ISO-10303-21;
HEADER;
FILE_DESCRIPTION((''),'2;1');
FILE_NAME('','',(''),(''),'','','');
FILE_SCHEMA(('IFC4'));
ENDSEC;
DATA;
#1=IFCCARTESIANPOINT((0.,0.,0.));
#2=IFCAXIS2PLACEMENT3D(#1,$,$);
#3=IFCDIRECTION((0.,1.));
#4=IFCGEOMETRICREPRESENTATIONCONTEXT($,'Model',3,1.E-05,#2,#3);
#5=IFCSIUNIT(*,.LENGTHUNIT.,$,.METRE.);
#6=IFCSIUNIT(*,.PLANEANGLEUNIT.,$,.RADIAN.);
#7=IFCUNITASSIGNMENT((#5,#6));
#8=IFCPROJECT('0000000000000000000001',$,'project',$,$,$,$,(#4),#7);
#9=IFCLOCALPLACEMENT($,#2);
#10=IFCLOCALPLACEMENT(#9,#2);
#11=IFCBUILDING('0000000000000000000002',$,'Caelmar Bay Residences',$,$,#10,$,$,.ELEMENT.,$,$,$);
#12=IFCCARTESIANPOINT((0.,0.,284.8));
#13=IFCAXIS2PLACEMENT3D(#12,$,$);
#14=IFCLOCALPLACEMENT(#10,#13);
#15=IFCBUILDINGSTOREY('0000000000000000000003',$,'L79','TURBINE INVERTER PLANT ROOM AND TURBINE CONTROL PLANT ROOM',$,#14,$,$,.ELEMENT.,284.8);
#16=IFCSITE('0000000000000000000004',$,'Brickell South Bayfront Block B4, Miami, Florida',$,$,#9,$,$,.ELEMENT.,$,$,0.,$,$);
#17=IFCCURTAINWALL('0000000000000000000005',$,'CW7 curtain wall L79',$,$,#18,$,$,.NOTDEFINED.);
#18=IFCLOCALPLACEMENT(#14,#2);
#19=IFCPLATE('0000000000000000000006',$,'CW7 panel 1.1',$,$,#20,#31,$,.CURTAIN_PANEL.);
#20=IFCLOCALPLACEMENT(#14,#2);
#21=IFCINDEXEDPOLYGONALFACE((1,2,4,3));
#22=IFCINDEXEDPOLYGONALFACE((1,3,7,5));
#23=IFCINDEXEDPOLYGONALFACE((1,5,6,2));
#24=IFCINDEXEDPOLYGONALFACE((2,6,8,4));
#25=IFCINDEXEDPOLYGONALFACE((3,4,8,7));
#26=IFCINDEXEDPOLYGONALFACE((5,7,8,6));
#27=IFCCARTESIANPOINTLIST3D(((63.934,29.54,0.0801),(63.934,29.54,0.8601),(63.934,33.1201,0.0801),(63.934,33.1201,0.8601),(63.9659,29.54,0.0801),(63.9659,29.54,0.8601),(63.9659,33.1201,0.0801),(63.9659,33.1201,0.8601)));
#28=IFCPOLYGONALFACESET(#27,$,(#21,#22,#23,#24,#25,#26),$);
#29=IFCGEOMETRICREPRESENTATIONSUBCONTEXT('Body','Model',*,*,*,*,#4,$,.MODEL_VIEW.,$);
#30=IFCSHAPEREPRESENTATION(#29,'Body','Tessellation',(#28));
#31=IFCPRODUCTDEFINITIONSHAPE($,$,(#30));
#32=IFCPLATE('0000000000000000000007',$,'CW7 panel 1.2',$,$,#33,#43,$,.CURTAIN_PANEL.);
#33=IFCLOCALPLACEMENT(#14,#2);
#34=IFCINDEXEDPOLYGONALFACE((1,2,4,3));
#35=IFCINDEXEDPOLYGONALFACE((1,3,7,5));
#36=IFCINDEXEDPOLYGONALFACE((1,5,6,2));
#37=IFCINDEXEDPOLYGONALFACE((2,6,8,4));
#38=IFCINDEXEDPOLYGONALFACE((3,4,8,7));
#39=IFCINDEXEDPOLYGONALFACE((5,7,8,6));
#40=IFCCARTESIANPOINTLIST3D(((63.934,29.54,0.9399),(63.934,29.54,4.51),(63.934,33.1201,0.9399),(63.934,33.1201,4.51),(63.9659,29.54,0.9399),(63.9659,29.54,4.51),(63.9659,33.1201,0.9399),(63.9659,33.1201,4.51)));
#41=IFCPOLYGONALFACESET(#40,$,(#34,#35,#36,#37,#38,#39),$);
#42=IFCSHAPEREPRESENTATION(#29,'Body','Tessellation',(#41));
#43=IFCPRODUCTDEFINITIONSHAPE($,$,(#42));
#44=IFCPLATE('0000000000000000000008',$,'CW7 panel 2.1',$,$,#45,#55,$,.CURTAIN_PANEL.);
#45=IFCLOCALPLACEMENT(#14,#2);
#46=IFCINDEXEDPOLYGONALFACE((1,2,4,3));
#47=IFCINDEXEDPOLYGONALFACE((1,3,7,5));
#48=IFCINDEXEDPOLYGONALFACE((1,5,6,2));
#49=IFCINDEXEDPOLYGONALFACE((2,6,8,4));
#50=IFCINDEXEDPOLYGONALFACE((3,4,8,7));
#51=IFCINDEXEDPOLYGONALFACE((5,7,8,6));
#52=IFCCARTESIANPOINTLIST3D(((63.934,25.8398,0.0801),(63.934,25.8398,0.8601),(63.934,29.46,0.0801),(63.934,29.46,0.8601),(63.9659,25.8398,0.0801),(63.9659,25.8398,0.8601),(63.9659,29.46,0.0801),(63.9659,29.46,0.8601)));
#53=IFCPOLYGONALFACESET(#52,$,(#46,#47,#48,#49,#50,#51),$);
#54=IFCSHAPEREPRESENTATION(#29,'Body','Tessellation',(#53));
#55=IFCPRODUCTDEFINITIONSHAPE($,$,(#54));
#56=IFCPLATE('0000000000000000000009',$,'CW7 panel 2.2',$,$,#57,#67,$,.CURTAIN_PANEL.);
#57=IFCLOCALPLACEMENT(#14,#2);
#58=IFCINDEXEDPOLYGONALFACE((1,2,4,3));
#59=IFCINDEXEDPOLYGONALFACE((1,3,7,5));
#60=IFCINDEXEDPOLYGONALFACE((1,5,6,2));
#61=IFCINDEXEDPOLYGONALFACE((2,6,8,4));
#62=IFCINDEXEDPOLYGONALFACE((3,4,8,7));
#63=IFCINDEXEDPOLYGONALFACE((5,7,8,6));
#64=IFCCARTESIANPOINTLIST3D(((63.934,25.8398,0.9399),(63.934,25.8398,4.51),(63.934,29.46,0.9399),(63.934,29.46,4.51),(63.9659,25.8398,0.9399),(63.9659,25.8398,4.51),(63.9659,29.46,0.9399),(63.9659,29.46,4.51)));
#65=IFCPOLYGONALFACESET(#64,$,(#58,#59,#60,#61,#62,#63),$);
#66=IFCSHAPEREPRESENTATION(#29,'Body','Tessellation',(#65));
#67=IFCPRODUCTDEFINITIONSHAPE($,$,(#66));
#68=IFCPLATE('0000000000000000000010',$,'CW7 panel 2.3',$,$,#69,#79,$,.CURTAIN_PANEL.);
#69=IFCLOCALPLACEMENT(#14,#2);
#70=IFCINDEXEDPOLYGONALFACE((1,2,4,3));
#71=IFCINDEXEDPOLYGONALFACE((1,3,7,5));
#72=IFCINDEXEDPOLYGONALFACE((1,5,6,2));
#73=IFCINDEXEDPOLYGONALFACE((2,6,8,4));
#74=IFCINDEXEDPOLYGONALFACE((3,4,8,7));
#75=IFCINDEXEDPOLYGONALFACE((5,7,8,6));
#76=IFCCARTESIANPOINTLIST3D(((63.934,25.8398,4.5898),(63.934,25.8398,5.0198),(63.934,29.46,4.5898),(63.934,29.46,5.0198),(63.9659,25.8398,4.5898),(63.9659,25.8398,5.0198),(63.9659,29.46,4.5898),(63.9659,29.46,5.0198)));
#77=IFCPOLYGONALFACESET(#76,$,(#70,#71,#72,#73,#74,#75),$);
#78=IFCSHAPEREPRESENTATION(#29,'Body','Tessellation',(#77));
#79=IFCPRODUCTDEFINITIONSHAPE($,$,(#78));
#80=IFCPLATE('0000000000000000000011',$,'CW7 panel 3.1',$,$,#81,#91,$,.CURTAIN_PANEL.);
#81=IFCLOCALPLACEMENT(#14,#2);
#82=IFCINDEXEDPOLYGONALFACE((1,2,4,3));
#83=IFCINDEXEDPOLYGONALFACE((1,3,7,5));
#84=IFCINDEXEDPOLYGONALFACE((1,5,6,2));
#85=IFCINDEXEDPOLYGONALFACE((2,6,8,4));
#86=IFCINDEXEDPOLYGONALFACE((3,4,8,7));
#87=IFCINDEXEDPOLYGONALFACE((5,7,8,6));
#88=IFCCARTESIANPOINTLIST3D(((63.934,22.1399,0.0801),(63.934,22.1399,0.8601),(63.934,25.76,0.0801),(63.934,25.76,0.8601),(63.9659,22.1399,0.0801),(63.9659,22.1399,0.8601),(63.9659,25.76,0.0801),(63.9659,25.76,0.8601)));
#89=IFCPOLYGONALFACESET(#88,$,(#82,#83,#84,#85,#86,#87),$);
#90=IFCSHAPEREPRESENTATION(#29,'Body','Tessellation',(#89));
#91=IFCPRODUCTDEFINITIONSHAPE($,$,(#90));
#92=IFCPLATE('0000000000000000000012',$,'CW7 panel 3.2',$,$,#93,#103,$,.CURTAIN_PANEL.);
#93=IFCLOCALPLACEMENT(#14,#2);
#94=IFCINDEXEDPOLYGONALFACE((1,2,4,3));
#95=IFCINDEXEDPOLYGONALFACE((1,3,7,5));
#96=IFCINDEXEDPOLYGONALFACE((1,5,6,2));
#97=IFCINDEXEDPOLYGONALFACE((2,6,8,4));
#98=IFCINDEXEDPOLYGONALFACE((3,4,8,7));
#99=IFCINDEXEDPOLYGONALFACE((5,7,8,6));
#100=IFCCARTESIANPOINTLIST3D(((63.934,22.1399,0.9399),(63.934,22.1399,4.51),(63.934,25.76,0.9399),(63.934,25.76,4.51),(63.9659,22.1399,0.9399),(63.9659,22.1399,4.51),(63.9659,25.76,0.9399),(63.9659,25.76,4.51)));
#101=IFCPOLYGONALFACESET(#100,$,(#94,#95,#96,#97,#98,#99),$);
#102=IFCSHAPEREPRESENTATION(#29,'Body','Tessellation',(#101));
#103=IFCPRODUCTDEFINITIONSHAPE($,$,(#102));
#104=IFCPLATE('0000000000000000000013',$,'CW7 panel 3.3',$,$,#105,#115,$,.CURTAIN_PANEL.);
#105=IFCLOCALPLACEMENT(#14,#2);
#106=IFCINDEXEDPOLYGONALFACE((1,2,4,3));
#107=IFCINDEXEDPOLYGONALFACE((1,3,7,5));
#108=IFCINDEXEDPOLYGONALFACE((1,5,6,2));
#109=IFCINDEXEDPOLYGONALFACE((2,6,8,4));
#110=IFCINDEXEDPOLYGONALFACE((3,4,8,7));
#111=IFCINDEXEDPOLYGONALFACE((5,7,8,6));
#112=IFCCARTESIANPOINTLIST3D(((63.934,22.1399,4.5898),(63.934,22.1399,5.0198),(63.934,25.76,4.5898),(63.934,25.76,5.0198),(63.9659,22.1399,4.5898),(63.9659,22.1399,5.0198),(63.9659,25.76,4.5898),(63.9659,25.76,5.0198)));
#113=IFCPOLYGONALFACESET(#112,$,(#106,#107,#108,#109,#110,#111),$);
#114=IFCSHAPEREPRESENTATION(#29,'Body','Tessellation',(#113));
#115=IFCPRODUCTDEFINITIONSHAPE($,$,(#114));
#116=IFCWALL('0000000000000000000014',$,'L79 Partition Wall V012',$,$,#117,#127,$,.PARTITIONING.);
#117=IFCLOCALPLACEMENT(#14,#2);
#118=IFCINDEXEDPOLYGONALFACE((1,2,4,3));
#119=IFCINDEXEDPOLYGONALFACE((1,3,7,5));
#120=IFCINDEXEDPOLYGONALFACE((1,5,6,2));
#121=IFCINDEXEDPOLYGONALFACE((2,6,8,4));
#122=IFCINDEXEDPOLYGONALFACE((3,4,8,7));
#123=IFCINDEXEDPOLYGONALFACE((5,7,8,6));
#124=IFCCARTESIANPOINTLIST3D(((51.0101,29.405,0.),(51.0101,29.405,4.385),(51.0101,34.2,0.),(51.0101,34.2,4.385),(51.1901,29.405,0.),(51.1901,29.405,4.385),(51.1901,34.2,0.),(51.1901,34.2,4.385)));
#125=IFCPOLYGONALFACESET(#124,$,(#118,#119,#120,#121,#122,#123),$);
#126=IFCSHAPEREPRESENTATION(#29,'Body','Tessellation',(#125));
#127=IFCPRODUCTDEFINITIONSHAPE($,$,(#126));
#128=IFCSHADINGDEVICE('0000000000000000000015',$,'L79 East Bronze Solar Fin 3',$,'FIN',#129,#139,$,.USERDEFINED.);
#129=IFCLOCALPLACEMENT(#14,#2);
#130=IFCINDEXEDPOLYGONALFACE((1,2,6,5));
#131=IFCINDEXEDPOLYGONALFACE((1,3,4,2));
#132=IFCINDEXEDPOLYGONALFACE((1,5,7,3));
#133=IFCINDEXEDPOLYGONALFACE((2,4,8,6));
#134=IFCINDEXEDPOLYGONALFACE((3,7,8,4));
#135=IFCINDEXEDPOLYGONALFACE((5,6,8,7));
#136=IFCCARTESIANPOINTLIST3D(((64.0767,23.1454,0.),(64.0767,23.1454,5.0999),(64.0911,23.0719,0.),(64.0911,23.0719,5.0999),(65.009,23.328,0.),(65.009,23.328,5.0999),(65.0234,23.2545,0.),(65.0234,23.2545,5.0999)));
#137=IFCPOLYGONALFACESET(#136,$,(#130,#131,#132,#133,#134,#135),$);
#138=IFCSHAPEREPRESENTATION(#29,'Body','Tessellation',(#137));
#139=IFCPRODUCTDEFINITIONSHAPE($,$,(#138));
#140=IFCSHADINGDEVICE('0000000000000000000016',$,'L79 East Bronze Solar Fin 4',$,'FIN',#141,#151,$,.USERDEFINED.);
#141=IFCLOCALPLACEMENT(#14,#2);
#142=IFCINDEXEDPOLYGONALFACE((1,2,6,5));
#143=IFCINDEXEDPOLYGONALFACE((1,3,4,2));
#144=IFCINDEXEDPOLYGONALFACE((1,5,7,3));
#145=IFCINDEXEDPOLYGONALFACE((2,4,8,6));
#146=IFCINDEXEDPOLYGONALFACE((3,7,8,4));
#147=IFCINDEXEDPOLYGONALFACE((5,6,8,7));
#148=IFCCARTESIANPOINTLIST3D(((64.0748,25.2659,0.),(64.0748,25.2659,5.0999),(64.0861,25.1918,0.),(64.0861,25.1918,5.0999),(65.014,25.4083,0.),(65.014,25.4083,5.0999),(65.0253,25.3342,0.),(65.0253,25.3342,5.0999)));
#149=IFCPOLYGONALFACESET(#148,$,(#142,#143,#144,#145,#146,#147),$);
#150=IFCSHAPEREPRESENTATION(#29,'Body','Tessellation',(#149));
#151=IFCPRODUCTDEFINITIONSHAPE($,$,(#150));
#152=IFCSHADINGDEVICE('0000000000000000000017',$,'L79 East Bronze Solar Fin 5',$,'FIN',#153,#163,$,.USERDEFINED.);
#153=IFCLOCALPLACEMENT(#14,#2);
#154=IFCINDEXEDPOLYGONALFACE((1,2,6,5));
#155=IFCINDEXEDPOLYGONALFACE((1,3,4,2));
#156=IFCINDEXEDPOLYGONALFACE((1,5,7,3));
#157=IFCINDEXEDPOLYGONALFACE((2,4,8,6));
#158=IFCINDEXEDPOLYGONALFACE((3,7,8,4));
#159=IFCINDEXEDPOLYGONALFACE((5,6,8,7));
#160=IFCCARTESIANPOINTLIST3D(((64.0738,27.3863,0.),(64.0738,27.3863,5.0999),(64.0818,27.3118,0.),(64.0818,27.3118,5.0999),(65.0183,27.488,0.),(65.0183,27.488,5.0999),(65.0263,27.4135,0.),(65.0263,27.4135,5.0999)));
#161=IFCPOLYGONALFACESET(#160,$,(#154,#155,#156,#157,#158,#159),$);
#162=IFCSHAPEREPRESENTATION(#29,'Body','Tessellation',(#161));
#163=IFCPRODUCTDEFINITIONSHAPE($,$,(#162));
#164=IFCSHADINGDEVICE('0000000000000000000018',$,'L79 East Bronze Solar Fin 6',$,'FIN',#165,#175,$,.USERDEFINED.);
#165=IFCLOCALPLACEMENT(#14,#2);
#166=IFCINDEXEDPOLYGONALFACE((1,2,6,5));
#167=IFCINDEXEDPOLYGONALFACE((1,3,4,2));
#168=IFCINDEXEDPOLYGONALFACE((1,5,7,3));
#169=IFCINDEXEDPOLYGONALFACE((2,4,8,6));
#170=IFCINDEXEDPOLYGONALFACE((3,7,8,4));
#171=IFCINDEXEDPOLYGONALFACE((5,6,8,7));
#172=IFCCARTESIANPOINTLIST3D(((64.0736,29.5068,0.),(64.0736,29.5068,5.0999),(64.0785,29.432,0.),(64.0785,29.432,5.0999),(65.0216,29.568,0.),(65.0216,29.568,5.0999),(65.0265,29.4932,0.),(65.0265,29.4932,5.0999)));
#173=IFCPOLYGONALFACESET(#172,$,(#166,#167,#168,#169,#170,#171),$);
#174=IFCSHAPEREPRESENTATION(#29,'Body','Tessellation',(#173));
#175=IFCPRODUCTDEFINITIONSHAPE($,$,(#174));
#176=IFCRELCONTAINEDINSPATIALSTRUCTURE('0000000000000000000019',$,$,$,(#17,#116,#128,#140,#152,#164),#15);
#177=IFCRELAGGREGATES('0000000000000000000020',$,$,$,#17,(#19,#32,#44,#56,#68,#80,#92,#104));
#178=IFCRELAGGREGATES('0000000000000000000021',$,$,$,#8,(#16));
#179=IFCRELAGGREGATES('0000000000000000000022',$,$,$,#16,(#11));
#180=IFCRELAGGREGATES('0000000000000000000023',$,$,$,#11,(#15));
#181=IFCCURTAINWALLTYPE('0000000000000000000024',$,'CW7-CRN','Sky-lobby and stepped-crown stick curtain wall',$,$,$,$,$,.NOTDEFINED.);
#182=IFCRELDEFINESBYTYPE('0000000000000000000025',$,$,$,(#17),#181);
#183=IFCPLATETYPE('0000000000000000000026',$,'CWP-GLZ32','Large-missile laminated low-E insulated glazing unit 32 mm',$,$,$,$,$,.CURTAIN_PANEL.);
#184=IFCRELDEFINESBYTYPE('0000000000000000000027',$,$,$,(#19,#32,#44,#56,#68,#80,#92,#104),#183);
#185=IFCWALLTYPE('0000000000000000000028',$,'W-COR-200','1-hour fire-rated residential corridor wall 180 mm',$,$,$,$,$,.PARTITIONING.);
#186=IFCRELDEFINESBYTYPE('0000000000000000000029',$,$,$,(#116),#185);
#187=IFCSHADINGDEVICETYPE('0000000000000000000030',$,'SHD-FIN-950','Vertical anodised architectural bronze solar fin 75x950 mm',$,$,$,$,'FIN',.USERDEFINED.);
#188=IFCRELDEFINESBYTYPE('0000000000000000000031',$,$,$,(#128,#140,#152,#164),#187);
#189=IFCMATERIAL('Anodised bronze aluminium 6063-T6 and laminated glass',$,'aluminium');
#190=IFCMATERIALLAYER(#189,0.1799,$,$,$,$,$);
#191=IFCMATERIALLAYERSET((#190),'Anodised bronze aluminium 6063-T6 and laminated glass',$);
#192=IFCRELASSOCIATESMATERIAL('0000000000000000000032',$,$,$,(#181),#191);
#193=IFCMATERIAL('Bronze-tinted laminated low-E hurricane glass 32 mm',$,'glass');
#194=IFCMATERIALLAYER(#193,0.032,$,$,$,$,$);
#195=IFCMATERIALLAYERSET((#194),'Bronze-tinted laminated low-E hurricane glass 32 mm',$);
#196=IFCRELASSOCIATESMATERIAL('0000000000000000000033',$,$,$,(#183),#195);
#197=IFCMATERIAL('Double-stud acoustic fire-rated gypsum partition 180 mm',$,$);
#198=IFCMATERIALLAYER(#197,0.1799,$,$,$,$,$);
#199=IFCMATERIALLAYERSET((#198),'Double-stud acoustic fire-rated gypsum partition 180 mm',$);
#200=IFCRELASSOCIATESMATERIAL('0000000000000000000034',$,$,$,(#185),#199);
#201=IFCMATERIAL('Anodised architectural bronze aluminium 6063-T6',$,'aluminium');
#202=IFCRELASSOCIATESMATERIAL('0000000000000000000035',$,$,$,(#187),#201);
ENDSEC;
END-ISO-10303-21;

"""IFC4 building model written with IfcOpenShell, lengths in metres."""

from ifc_helpers import new_model, si_unit, direction, frame, frame_2d, origin, origin_2d, place, context, subcontext, project, spatial, rectangle, extrude, material, layer, layer_set, material_profile, profile_set, type_object, element, aggregate, save


model = new_model("IFC4")

# Units and contexts
model_context = context("Model", 3, precision=1e-05, world=origin(), true_north=direction((0.0, 1.0)))
body_context = subcontext(model_context, "Body", "Model", "MODEL_VIEW")
ifc_project = project(units=[si_unit("LENGTHUNIT", "METRE"), si_unit("PLANEANGLEUNIT", "RADIAN")], contexts=[model_context])

# Site, building, storey
site_placement = place(None, origin())
site = spatial("IfcSite", under=ifc_project, at=site_placement, Name="Brickell South Bayfront Block B4, Miami, Florida", CompositionType="ELEMENT", RefElevation=0.0)
building_placement = place(site_placement, origin())
building = spatial("IfcBuilding", under=site, at=building_placement, Name="Caelmar Bay Residences", CompositionType="ELEMENT")
storey_placement = place(building_placement, frame((0.0, 0.0, 284.8)))
storey = spatial("IfcBuildingStorey", under=building, at=storey_placement, Name="L79", Description="TURBINE INVERTER PLANT ROOM AND TURBINE CONTROL PLANT ROOM", CompositionType="ELEMENT", Elevation=284.8)

# Curtain wall, plates
ifc_material_1 = material(Name="Anodised bronze aluminium 6063-T6 and laminated glass", Category="aluminium")
ifc_layer_1 = layer(ifc_material_1, 0.1799)
ifc_layer_set_1 = layer_set([ifc_layer_1], Name="Anodised bronze aluminium 6063-T6 and laminated glass")
curtain_wall_type = type_object("IfcCurtainWallType", Name="CW7-CRN", Description="Sky-lobby and stepped-crown stick curtain wall", PredefinedType="NOTDEFINED", material=ifc_layer_set_1)
curtain_wall_placement = place(storey_placement, origin())
curtain_wall = element("IfcCurtainWall", 1, at=curtain_wall_placement, inside=storey, type_object=curtain_wall_type, Name="CW7 curtain wall L79", PredefinedType="NOTDEFINED")
ifc_material_2 = material(Name="Bronze-tinted laminated low-E hurricane glass 32 mm", Category="glass")
ifc_layer_2 = layer(ifc_material_2, 0.032)
ifc_layer_set_2 = layer_set([ifc_layer_2], Name="Bronze-tinted laminated low-E hurricane glass 32 mm")
plate_type = type_object("IfcPlateType", Name="CWP-GLZ32", Description="Large-missile laminated low-E insulated glazing unit 32 mm", PredefinedType="CURTAIN_PANEL", material=ifc_layer_set_2)
plate_1_placement = place(storey_placement, frame((63.95, 31.3301, 0.0801), z_axis=(0.0, 0.0, 1.0), x_axis=(0.0, -1.0, 0.0)))
plate_1 = element("IfcPlate", 2, at=plate_1_placement, type_object=plate_type, Name="CW7 panel 1.1", PredefinedType="CURTAIN_PANEL", context=body_context, shape_type="SweptSolid", body=[
    extrude(rectangle(XDim=3.5801, YDim=0.032, at=origin_2d()), origin(), (0.0, 0.0, 1.0), 0.78),
])
plate_2_placement = place(storey_placement, frame((63.95, 31.3301, 0.9399), z_axis=(0.0, 0.0, 1.0), x_axis=(0.0, -1.0, 0.0)))
plate_2 = element("IfcPlate", 3, at=plate_2_placement, type_object=plate_type, Name="CW7 panel 1.2", PredefinedType="CURTAIN_PANEL", context=body_context, shape_type="SweptSolid", body=[
    extrude(rectangle(XDim=3.5801, YDim=0.032, at=origin_2d()), origin(), (0.0, 0.0, 1.0), 3.5701),
])
plate_3_placement = place(storey_placement, frame((63.95, 27.6499, 0.0801), z_axis=(0.0, 0.0, 1.0), x_axis=(0.0, -1.0, 0.0)))
plate_3 = element("IfcPlate", 4, at=plate_3_placement, type_object=plate_type, Name="CW7 panel 2.1", PredefinedType="CURTAIN_PANEL", context=body_context, shape_type="SweptSolid", body=[
    extrude(rectangle(XDim=3.6201, YDim=0.032, at=origin_2d()), origin(), (0.0, 0.0, 1.0), 0.78),
])
plate_4_placement = place(storey_placement, frame((63.95, 27.6499, 0.9399), z_axis=(0.0, 0.0, 1.0), x_axis=(0.0, -1.0, 0.0)))
plate_4 = element("IfcPlate", 5, at=plate_4_placement, type_object=plate_type, Name="CW7 panel 2.2", PredefinedType="CURTAIN_PANEL", context=body_context, shape_type="SweptSolid", body=[
    extrude(rectangle(XDim=3.6201, YDim=0.032, at=origin_2d()), origin(), (0.0, 0.0, 1.0), 3.5701),
])
plate_5_placement = place(storey_placement, frame((63.95, 27.6499, 4.5898), z_axis=(0.0, 0.0, 1.0), x_axis=(0.0, -1.0, 0.0)))
plate_5 = element("IfcPlate", 6, at=plate_5_placement, type_object=plate_type, Name="CW7 panel 2.3", PredefinedType="CURTAIN_PANEL", context=body_context, shape_type="SweptSolid", body=[
    extrude(rectangle(XDim=3.6201, YDim=0.032, at=origin_2d()), origin(), (0.0, 0.0, 1.0), 0.4299),
])
plate_6_placement = place(storey_placement, frame((63.95, 23.95, 0.0801), z_axis=(0.0, 0.0, 1.0), x_axis=(0.0, -1.0, 0.0)))
plate_6 = element("IfcPlate", 7, at=plate_6_placement, type_object=plate_type, Name="CW7 panel 3.1", PredefinedType="CURTAIN_PANEL", context=body_context, shape_type="SweptSolid", body=[
    extrude(rectangle(XDim=3.6201, YDim=0.032, at=origin_2d()), origin(), (0.0, 0.0, 1.0), 0.78),
])
plate_7_placement = place(storey_placement, frame((63.95, 23.95, 0.9399), z_axis=(0.0, 0.0, 1.0), x_axis=(0.0, -1.0, 0.0)))
plate_7 = element("IfcPlate", 8, at=plate_7_placement, type_object=plate_type, Name="CW7 panel 3.2", PredefinedType="CURTAIN_PANEL", context=body_context, shape_type="SweptSolid", body=[
    extrude(rectangle(XDim=3.6201, YDim=0.032, at=origin_2d()), origin(), (0.0, 0.0, 1.0), 3.5701),
])
plate_8_placement = place(storey_placement, frame((63.95, 23.95, 4.5898), z_axis=(0.0, 0.0, 1.0), x_axis=(0.0, -1.0, 0.0)))
plate_8 = element("IfcPlate", 9, at=plate_8_placement, type_object=plate_type, Name="CW7 panel 3.3", PredefinedType="CURTAIN_PANEL", context=body_context, shape_type="SweptSolid", body=[
    extrude(rectangle(XDim=3.6201, YDim=0.032, at=origin_2d()), origin(), (0.0, 0.0, 1.0), 0.4299),
])
aggregate(curtain_wall, [plate_1, plate_2, plate_3, plate_4, plate_5, plate_6, plate_7, plate_8])

# Wall
ifc_material_3 = material(Name="Double-stud acoustic fire-rated gypsum partition 180 mm")
ifc_layer_3 = layer(ifc_material_3, 0.1799)
ifc_layer_set_3 = layer_set([ifc_layer_3], Name="Double-stud acoustic fire-rated gypsum partition 180 mm")
wall_type = type_object("IfcWallType", Name="W-COR-200", Description="1-hour fire-rated residential corridor wall 180 mm", PredefinedType="PARTITIONING", material=ifc_layer_set_3)
wall_placement = place(storey_placement, frame((51.1001, 29.405, 0.0), z_axis=(0.0, 0.0, 1.0), x_axis=(0.0, 1.0, 0.0)))
element("IfcWall", 10, at=wall_placement, inside=storey, type_object=wall_type, Name="L79 Partition Wall V012", PredefinedType="PARTITIONING", context=body_context, shape_type="SweptSolid", body=[
    extrude(rectangle(XDim=4.7949, YDim=0.1799, at=frame_2d((2.3975, 0.0))), origin(), (0.0, 0.0, 1.0), 4.385),
])

# Shading devices
ifc_material_4 = material(Name="Anodised architectural bronze aluminium 6063-T6", Category="aluminium")
ifc_material_profile_1 = material_profile(ifc_material_4, rectangle(XDim=0.075, YDim=0.95, at=origin_2d()), Name="BRONZE-FIN-75X950")
ifc_profile_set_1 = profile_set([ifc_material_profile_1], Name="Anodised architectural bronze aluminium 6063-T6")
shading_device_type = type_object("IfcShadingDeviceType", Name="SHD-FIN-950", Description="Vertical anodised architectural bronze solar fin 75x950 mm", ElementType="FIN", PredefinedType="USERDEFINED", material=ifc_profile_set_1)
for number, where, z_axis, x_axis, name in (
    (11, (64.55, 23.2, 0.0), (0.0, 0.0, 1.0), (-0.192179, 0.98136, 0.0), "L79 East Bronze Solar Fin 3"),
    (12, (64.55, 25.3, 0.0), (0.0, 0.0, 1.0), (-0.14988, 0.988704, 0.0), "L79 East Bronze Solar Fin 4"),
    (13, (64.55, 27.3999, 0.0), (0.0, 0.0, 1.0), (-0.107132, 0.994245, 0.0), "L79 East Bronze Solar Fin 5"),
    (14, (64.55, 29.5, 0.0), (0.0, 0.0, 1.0), (-0.064358, 0.997927, 0.0), "L79 East Bronze Solar Fin 6"),
):
    element("IfcShadingDevice", number, at=place(storey_placement, frame(where, z_axis=z_axis, x_axis=x_axis)), inside=storey, type_object=shading_device_type, Name=name, ObjectType="FIN", PredefinedType="USERDEFINED", context=body_context, shape_type="SweptSolid", body=[
        extrude(rectangle(XDim=0.075, YDim=0.95, at=origin_2d()), origin(), (0.0, 0.0, 1.0), 5.0999),
    ])

save(model, "model.ifc")
